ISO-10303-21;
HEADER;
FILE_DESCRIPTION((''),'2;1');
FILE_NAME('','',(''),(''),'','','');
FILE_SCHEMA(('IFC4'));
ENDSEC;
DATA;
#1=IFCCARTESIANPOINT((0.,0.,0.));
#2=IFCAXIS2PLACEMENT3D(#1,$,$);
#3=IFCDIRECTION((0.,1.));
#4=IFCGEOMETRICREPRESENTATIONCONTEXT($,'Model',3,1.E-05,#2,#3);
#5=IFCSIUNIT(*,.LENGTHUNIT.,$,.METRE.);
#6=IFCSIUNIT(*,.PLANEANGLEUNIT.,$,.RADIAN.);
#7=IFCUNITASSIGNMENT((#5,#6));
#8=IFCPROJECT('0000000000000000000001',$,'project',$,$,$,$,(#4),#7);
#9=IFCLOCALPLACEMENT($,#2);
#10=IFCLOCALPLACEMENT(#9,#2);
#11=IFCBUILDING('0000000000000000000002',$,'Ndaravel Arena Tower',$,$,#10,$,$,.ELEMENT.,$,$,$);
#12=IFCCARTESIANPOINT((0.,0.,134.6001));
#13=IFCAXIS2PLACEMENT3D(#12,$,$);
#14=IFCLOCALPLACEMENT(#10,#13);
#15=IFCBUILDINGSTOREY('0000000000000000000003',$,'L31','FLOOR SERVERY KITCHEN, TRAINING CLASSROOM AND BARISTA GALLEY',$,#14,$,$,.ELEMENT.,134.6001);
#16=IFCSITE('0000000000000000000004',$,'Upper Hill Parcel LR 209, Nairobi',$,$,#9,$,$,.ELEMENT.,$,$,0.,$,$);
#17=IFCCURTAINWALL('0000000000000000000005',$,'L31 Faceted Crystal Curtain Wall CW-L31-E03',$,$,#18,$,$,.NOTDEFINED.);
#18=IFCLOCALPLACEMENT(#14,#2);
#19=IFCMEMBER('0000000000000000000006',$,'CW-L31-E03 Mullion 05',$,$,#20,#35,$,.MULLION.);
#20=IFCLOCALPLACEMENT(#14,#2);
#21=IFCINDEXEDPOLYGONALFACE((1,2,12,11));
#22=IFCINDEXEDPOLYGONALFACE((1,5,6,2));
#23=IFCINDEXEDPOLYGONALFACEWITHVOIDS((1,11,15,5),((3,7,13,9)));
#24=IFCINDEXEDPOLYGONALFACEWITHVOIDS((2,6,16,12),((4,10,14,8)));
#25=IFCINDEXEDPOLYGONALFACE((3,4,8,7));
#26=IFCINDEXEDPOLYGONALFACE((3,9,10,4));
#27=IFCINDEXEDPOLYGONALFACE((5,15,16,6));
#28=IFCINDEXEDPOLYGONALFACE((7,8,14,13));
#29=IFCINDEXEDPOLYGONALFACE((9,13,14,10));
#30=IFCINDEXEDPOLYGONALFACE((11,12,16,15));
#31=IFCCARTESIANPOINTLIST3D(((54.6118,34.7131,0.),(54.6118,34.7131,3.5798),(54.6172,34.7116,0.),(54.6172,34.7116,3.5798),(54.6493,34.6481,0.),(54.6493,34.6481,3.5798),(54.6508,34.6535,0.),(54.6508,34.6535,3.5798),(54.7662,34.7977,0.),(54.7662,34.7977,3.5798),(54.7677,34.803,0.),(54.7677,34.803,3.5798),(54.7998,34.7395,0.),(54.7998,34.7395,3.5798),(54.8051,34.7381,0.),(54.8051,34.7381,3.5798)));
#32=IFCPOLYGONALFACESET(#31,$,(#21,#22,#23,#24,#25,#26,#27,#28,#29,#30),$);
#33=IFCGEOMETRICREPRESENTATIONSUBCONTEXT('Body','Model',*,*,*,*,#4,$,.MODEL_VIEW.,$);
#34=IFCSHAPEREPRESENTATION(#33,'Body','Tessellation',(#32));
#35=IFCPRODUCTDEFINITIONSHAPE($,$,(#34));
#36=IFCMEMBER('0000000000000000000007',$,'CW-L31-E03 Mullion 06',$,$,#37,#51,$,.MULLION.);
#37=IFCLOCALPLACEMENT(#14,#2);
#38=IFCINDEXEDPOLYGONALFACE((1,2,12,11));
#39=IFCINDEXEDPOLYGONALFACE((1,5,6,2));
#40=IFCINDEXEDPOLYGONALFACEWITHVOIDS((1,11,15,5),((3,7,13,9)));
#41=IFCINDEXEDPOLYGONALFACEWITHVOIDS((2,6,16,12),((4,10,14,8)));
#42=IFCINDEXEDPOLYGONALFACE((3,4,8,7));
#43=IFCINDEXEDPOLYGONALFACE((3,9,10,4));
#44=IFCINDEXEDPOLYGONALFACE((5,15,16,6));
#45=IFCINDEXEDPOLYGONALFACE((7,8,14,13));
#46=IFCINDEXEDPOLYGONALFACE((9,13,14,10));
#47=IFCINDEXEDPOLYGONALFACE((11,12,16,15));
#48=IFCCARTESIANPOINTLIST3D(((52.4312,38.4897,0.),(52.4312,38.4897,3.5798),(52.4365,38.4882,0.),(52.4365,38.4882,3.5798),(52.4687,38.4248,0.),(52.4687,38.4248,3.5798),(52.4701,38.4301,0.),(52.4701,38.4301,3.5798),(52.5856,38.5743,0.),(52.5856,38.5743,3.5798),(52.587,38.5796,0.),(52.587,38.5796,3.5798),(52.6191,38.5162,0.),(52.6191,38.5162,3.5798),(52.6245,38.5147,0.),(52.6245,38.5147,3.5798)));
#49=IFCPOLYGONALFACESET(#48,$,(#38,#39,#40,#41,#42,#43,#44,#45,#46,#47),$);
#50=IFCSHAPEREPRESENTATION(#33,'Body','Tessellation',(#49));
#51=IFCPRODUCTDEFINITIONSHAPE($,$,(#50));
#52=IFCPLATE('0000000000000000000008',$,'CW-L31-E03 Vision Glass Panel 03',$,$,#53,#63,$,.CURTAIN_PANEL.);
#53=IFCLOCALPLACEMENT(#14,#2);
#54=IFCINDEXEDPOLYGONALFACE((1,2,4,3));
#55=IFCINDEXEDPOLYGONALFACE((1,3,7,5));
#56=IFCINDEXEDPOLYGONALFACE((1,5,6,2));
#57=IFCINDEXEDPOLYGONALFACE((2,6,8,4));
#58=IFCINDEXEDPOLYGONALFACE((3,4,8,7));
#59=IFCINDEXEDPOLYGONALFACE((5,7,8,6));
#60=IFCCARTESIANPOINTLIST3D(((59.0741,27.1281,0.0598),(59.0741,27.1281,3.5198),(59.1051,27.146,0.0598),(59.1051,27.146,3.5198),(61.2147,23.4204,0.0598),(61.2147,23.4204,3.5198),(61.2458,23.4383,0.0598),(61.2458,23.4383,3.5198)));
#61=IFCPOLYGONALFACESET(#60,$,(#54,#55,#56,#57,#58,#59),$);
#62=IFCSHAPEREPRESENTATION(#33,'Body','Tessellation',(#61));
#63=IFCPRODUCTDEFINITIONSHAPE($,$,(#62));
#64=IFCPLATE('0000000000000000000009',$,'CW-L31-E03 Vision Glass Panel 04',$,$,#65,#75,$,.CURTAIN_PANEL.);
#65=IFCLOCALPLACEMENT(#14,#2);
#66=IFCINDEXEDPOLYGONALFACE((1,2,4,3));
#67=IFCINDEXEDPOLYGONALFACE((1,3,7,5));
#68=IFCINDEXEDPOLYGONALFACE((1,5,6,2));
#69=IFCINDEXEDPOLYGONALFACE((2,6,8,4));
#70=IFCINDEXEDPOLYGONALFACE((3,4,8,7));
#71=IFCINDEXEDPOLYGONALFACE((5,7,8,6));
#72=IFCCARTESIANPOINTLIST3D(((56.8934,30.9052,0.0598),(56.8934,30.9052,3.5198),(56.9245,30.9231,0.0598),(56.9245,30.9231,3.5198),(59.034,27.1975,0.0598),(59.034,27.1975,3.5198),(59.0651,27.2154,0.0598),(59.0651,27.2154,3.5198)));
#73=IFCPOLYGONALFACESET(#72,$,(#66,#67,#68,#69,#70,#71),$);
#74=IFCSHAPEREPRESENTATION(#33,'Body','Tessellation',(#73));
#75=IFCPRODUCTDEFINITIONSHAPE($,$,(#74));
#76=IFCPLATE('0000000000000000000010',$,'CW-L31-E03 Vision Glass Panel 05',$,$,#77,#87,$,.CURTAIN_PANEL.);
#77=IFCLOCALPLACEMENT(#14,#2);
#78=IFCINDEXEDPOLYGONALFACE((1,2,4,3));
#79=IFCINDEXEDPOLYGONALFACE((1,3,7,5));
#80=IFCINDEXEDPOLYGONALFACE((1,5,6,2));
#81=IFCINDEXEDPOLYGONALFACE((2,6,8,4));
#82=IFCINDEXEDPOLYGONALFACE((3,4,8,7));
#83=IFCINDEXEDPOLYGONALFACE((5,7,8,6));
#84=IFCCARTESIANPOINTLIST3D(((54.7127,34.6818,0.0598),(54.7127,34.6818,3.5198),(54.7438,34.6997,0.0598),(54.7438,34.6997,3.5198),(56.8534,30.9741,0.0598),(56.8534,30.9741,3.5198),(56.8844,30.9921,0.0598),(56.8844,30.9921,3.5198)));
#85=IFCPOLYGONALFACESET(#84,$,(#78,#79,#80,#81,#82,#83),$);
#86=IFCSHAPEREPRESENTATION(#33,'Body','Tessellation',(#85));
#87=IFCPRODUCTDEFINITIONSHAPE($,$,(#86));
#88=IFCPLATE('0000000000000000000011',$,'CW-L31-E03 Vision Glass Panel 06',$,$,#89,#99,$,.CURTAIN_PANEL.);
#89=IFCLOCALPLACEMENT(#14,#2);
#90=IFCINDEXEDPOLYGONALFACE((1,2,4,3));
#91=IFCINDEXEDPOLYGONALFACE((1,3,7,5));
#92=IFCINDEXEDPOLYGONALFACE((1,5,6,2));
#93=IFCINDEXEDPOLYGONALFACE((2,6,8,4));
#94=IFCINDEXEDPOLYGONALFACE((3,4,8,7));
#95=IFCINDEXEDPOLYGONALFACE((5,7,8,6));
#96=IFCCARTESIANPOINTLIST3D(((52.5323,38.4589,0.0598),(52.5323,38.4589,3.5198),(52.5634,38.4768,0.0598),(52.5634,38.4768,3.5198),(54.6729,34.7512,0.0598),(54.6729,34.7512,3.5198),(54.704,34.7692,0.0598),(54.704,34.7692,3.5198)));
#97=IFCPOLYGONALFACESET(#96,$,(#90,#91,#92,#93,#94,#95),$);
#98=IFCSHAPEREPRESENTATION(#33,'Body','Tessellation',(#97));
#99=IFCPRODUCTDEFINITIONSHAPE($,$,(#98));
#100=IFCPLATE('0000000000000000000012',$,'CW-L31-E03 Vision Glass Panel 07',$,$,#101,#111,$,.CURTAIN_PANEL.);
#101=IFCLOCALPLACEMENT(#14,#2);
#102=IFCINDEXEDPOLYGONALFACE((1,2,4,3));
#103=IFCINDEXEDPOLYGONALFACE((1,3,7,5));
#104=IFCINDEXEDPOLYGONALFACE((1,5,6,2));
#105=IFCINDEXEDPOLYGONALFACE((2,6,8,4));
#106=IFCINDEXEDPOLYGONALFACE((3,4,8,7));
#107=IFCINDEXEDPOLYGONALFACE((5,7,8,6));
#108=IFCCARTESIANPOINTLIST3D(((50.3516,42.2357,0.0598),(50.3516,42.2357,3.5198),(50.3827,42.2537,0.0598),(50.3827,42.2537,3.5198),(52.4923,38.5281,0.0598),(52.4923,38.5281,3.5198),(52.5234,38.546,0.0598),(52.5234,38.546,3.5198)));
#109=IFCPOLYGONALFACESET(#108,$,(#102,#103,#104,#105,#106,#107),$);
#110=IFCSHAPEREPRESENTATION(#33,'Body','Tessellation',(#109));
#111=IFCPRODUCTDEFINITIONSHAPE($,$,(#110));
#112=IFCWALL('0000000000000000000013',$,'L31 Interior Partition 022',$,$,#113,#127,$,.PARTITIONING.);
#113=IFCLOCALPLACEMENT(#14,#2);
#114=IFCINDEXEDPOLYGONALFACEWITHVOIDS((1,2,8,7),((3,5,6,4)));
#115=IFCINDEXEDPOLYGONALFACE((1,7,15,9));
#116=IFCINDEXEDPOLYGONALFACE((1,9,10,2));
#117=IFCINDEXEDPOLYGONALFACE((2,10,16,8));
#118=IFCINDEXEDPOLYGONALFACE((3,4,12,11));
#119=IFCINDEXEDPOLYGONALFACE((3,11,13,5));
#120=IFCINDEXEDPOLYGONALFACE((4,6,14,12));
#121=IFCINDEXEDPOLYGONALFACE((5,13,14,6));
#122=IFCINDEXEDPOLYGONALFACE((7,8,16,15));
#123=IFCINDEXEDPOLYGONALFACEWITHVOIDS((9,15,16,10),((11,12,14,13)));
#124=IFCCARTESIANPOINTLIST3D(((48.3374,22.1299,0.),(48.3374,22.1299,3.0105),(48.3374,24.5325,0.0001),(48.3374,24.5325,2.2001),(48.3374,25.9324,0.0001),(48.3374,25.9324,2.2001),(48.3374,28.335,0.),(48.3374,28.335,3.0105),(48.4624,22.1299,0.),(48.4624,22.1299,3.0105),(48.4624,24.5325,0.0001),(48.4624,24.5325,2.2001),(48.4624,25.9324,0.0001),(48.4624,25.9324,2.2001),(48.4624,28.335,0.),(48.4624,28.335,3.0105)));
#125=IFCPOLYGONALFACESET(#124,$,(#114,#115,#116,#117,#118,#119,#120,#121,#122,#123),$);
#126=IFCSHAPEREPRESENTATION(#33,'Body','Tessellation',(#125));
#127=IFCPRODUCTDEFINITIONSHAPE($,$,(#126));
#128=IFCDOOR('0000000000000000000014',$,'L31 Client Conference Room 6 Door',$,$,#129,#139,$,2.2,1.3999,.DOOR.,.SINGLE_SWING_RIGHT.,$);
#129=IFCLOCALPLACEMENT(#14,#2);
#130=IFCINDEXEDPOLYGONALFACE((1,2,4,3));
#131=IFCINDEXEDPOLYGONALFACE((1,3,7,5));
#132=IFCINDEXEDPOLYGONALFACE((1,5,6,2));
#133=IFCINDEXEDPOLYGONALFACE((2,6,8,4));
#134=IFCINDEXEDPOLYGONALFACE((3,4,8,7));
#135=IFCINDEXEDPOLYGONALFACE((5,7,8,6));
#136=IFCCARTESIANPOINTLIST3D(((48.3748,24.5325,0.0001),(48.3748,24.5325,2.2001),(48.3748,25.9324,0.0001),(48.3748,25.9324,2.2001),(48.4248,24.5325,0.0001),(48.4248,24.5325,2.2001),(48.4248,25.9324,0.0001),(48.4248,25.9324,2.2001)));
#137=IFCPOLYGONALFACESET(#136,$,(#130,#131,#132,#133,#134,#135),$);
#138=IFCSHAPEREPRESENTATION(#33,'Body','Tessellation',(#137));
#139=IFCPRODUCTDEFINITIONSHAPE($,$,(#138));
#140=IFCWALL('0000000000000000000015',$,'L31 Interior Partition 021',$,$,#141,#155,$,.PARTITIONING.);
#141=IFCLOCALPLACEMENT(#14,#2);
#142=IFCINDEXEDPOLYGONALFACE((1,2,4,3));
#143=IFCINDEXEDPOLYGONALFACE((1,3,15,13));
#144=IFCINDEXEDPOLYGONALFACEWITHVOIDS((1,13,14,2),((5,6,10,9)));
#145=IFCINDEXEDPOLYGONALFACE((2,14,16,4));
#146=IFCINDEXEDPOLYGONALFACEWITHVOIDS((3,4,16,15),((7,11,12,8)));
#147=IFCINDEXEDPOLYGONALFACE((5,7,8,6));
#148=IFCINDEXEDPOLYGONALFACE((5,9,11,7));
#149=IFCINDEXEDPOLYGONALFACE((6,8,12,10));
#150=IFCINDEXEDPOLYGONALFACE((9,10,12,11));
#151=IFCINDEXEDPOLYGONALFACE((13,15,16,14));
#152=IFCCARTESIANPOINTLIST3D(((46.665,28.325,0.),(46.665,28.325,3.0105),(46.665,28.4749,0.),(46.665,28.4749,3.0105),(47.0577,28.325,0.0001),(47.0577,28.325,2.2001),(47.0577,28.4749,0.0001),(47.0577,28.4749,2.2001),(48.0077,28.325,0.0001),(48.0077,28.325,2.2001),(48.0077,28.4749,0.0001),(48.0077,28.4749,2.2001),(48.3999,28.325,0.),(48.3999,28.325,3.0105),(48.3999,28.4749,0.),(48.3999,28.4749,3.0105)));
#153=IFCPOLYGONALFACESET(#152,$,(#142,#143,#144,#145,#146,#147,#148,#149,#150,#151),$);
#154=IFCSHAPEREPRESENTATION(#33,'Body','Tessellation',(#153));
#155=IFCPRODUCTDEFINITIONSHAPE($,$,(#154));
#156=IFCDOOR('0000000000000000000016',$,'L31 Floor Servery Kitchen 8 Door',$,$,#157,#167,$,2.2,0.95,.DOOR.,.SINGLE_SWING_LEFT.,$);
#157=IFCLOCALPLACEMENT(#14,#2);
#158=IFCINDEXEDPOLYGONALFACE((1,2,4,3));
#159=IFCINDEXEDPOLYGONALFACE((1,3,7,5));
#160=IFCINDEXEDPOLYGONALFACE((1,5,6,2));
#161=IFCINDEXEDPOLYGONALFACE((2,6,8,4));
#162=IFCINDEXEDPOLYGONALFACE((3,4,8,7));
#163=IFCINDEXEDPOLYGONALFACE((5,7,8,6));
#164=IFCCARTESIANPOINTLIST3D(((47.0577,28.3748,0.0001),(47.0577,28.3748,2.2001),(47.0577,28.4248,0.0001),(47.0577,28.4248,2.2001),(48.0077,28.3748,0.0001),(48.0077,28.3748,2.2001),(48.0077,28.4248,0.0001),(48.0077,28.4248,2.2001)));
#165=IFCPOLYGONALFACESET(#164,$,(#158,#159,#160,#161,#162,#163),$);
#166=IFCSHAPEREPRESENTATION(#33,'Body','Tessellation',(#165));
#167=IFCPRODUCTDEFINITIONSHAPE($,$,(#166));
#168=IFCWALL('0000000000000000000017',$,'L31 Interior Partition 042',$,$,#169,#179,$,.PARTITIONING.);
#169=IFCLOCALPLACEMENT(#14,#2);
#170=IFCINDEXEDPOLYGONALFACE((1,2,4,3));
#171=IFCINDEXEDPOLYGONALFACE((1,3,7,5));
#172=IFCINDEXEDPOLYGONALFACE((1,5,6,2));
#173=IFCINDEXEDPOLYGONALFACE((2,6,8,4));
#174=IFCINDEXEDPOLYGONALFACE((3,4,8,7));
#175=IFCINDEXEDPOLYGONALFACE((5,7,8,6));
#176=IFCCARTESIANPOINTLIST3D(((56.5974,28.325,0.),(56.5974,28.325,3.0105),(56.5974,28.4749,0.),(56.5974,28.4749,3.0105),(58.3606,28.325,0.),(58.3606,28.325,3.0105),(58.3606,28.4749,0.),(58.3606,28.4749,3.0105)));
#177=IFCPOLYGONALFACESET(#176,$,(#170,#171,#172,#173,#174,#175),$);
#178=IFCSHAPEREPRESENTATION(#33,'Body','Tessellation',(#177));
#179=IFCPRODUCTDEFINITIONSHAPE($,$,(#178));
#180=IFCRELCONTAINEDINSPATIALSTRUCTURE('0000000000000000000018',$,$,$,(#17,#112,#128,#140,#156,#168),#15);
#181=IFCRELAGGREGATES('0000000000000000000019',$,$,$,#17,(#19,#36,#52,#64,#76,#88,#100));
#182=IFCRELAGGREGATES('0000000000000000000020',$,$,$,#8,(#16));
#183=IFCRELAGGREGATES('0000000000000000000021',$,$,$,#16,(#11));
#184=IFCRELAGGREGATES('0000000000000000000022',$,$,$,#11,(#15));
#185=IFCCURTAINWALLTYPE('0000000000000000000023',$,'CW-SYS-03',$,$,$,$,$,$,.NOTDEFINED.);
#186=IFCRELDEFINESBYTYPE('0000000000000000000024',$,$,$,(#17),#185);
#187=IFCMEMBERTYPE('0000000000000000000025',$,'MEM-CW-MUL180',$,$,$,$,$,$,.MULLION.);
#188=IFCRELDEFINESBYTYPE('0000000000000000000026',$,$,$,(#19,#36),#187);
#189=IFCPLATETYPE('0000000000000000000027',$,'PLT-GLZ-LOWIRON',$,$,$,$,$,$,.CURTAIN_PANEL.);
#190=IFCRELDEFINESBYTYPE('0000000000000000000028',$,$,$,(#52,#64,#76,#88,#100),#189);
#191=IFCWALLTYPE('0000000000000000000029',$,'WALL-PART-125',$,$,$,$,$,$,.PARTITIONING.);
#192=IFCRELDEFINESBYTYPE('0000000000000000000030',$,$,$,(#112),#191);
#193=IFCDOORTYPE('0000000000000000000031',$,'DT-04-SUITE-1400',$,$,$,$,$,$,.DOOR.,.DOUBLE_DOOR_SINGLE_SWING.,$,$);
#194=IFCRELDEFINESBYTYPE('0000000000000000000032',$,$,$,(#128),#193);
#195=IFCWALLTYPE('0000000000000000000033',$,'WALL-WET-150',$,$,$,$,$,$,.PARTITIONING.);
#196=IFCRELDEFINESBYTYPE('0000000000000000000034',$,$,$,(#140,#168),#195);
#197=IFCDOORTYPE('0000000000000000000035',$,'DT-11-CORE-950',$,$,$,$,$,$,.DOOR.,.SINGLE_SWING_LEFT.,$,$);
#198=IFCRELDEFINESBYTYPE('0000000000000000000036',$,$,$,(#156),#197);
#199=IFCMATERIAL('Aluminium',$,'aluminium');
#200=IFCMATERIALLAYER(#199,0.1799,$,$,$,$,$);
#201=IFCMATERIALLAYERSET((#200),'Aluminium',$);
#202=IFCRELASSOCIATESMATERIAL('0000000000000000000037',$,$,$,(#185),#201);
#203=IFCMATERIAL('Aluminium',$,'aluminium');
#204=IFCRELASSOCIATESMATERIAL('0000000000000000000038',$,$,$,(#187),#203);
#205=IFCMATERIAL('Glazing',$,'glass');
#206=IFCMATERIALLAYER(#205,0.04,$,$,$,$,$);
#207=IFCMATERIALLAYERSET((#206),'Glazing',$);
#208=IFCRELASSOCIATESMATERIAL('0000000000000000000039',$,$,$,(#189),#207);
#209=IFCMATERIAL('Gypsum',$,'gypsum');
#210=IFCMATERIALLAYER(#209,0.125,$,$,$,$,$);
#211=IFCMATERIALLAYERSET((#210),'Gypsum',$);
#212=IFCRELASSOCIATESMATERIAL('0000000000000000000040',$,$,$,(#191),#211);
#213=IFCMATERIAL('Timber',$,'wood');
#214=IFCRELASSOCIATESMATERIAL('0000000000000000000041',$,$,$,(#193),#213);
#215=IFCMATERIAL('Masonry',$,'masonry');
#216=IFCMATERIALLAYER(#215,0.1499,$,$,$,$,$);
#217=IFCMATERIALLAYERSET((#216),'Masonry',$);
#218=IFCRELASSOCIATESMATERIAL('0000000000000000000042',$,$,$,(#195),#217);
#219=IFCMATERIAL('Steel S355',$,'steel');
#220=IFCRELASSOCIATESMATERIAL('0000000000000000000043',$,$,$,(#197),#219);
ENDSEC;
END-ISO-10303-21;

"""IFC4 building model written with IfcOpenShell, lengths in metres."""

from ifc_helpers import new_model, si_unit, direction, frame, frame_2d, origin, origin_2d, place, context, subcontext, project, spatial, rectangle, hollow_rectangle, extrude, material, layer, layer_set, material_profile, profile_set, type_object, element, fill, aggregate, save


model = new_model("IFC4")

# Units and contexts
model_context = context("Model", 3, precision=1e-05, world=origin(), true_north=direction((0.0, 1.0)))
body_context = subcontext(model_context, "Body", "Model", "MODEL_VIEW")
ifc_project = project(units=[si_unit("LENGTHUNIT", "METRE"), si_unit("PLANEANGLEUNIT", "RADIAN")], contexts=[model_context])

# Site, building, storey
site_placement = place(None, origin())
site = spatial("IfcSite", under=ifc_project, at=site_placement, Name="Upper Hill Parcel LR 209, Nairobi", CompositionType="ELEMENT", RefElevation=0.0)
building_placement = place(site_placement, origin())
building = spatial("IfcBuilding", under=site, at=building_placement, Name="Ndaravel Arena Tower", CompositionType="ELEMENT")
storey_placement = place(building_placement, frame((0.0, 0.0, 134.6001)))
storey = spatial("IfcBuildingStorey", under=building, at=storey_placement, Name="L31", Description="FLOOR SERVERY KITCHEN, TRAINING CLASSROOM AND BARISTA GALLEY", CompositionType="ELEMENT", Elevation=134.6001)

# Curtain wall, members, plates
ifc_material_1 = material(Name="Aluminium", Category="aluminium")
ifc_layer_1 = layer(ifc_material_1, 0.1799)
ifc_layer_set_1 = layer_set([ifc_layer_1], Name="Aluminium")
curtain_wall_type = type_object("IfcCurtainWallType", Name="CW-SYS-03", PredefinedType="NOTDEFINED", material=ifc_layer_set_1)
curtain_wall_placement = place(storey_placement, origin())
curtain_wall = element("IfcCurtainWall", 1, at=curtain_wall_placement, inside=storey, type_object=curtain_wall_type, Name="L31 Faceted Crystal Curtain Wall CW-L31-E03", PredefinedType="NOTDEFINED")
ifc_material_2 = material(Name="Aluminium", Category="aluminium")
ifc_material_profile_1 = material_profile(ifc_material_2, hollow_rectangle(XDim=0.075, YDim=0.1799, WallThickness=0.0039, at=origin_2d()), Name="CW MULLION 75x180x4")
ifc_profile_set_1 = profile_set([ifc_material_profile_1], Name="Aluminium")
member_type = type_object("IfcMemberType", Name="MEM-CW-MUL180", PredefinedType="MULLION", material=ifc_profile_set_1)
member_1_placement = place(storey_placement, frame((54.7085, 34.7256, 0.0), z_axis=(0.0, 0.0, 1.0), x_axis=(-0.5, 0.866025, 0.0)))
member_1 = element("IfcMember", 2, at=member_1_placement, type_object=member_type, Name="CW-L31-E03 Mullion 05", PredefinedType="MULLION", context=body_context, shape_type="SweptSolid", body=[
    extrude(hollow_rectangle(XDim=0.075, YDim=0.1799, WallThickness=0.0039, at=origin_2d()), origin(), (0.0, 0.0, 1.0), 3.5798),
])
member_2_placement = place(storey_placement, frame((52.5278, 38.5022, 0.0), z_axis=(0.0, 0.0, 1.0), x_axis=(-0.5, 0.866025, 0.0)))
member_2 = element("IfcMember", 3, at=member_2_placement, type_object=member_type, Name="CW-L31-E03 Mullion 06", PredefinedType="MULLION", context=body_context, shape_type="SweptSolid", body=[
    extrude(hollow_rectangle(XDim=0.075, YDim=0.1799, WallThickness=0.0039, at=origin_2d()), origin(), (0.0, 0.0, 1.0), 3.5798),
])
ifc_material_3 = material(Name="Glazing", Category="glass")
ifc_layer_2 = layer(ifc_material_3, 0.04)
ifc_layer_set_2 = layer_set([ifc_layer_2], Name="Glazing")
plate_type = type_object("IfcPlateType", Name="PLT-GLZ-LOWIRON", PredefinedType="CURTAIN_PANEL", material=ifc_layer_set_2)
plate_1_placement = place(storey_placement, frame((60.1599, 25.2832, 0.0598), z_axis=(0.0, 0.0, 1.0), x_axis=(-0.5, 0.866025, 0.0)))
plate_1 = element("IfcPlate", 4, at=plate_1_placement, type_object=plate_type, Name="CW-L31-E03 Vision Glass Panel 03", PredefinedType="CURTAIN_PANEL", context=body_context, shape_type="SweptSolid", body=[
    extrude(rectangle(XDim=4.2812, YDim=0.0359, at=origin_2d()), origin(), (0.0, 0.0, 1.0), 3.46),
])
plate_2_placement = place(storey_placement, frame((57.9792, 29.0603, 0.0598), z_axis=(0.0, 0.0, 1.0), x_axis=(-0.5, 0.866025, 0.0)))
plate_2 = element("IfcPlate", 5, at=plate_2_placement, type_object=plate_type, Name="CW-L31-E03 Vision Glass Panel 04", PredefinedType="CURTAIN_PANEL", context=body_context, shape_type="SweptSolid", body=[
    extrude(rectangle(XDim=4.2812, YDim=0.0359, at=origin_2d()), origin(), (0.0, 0.0, 1.0), 3.46),
])
plate_3_placement = place(storey_placement, frame((55.7986, 32.8369, 0.0598), z_axis=(0.0, 0.0, 1.0), x_axis=(-0.5, 0.866025, 0.0)))
plate_3 = element("IfcPlate", 6, at=plate_3_placement, type_object=plate_type, Name="CW-L31-E03 Vision Glass Panel 05", PredefinedType="CURTAIN_PANEL", context=body_context, shape_type="SweptSolid", body=[
    extrude(rectangle(XDim=4.2812, YDim=0.0359, at=origin_2d()), origin(), (0.0, 0.0, 1.0), 3.46),
])
plate_4_placement = place(storey_placement, frame((53.6182, 36.614, 0.0598), z_axis=(0.0, 0.0, 1.0), x_axis=(-0.5, 0.866025, 0.0)))
plate_4 = element("IfcPlate", 7, at=plate_4_placement, type_object=plate_type, Name="CW-L31-E03 Vision Glass Panel 06", PredefinedType="CURTAIN_PANEL", context=body_context, shape_type="SweptSolid", body=[
    extrude(rectangle(XDim=4.2812, YDim=0.0359, at=origin_2d()), origin(), (0.0, 0.0, 1.0), 3.46),
])
plate_5_placement = place(storey_placement, frame((51.4375, 40.3909, 0.0598), z_axis=(0.0, 0.0, 1.0), x_axis=(-0.5, 0.866025, 0.0)))
plate_5 = element("IfcPlate", 8, at=plate_5_placement, type_object=plate_type, Name="CW-L31-E03 Vision Glass Panel 07", PredefinedType="CURTAIN_PANEL", context=body_context, shape_type="SweptSolid", body=[
    extrude(rectangle(XDim=4.2812, YDim=0.0359, at=origin_2d()), origin(), (0.0, 0.0, 1.0), 3.46),
])
aggregate(curtain_wall, [member_1, member_2, plate_1, plate_2, plate_3, plate_4, plate_5])

# Walls, openings, doors
ifc_material_4 = material(Name="Gypsum", Category="gypsum")
ifc_layer_3 = layer(ifc_material_4, 0.125)
ifc_layer_set_3 = layer_set([ifc_layer_3], Name="Gypsum")
wall_type_1 = type_object("IfcWallType", Name="WALL-PART-125", PredefinedType="PARTITIONING", material=ifc_layer_set_3)
wall_1_placement = place(storey_placement, frame((48.3999, 28.335, 0.0), z_axis=(0.0, 0.0, 1.0), x_axis=(0.0, -1.0, 0.0)))
wall_1 = element("IfcWall", 9, at=wall_1_placement, inside=storey, type_object=wall_type_1, Name="L31 Interior Partition 022", PredefinedType="PARTITIONING", context=body_context, shape_type="SweptSolid", body=[
    extrude(rectangle(XDim=6.2051, YDim=0.125, at=frame_2d((3.1025, 0.0))), origin(), (0.0, 0.0, 1.0), 3.0105),
])
opening_1_placement = place(wall_1_placement, frame((2.4026, 0.0, 0.0)))
opening_1 = element("IfcOpeningElement", 10, at=opening_1_placement, cuts=wall_1, PredefinedType="OPENING", context=body_context, shape_type="SweptSolid", body=[
    extrude(rectangle(XDim=1.3999, YDim=2.2, at=frame_2d((0.7, 1.1001))), frame((0.0, 0.0625, 0.0), z_axis=(0.0, -1.0, 0.0), x_axis=(1.0, 0.0, 0.0)), (0.0, 0.0, 1.0), 0.125),
])
ifc_material_5 = material(Name="Timber", Category="wood")
door_type_1 = type_object("IfcDoorType", Name="DT-04-SUITE-1400", OperationType="DOUBLE_DOOR_SINGLE_SWING", PredefinedType="DOOR", material=ifc_material_5)
door_1_placement = place(opening_1_placement, origin())
door_1 = element("IfcDoor", 11, at=door_1_placement, inside=storey, type_object=door_type_1, Name="L31 Client Conference Room 6 Door", OperationType="SINGLE_SWING_RIGHT", OverallHeight=2.2, OverallWidth=1.3999, PredefinedType="DOOR", context=body_context, shape_type="SweptSolid", body=[
    extrude(rectangle(XDim=1.3999, YDim=2.2, at=frame_2d((0.7, 1.1001))), frame((0.0, 0.0249, 0.0), z_axis=(0.0, -1.0, 0.0), x_axis=(1.0, 0.0, 0.0)), (0.0, 0.0, 1.0), 0.05),
])
fill(opening_1, door_1)
ifc_material_6 = material(Name="Masonry", Category="masonry")
ifc_layer_4 = layer(ifc_material_6, 0.1499)
ifc_layer_set_4 = layer_set([ifc_layer_4], Name="Masonry")
wall_type_2 = type_object("IfcWallType", Name="WALL-WET-150", PredefinedType="PARTITIONING", material=ifc_layer_set_4)
wall_2_placement = place(storey_placement, frame((46.665, 28.3999, 0.0), z_axis=(0.0, 0.0, 1.0), x_axis=(1.0, 0.0, 0.0)))
wall_2 = element("IfcWall", 12, at=wall_2_placement, inside=storey, type_object=wall_type_2, Name="L31 Interior Partition 021", PredefinedType="PARTITIONING", context=body_context, shape_type="SweptSolid", body=[
    extrude(rectangle(XDim=1.7349, YDim=0.1499, at=frame_2d((0.8674, 0.0))), origin(), (0.0, 0.0, 1.0), 3.0105),
])
opening_2_placement = place(wall_2_placement, frame((0.3926, 0.0, 0.0)))
opening_2 = element("IfcOpeningElement", 13, at=opening_2_placement, cuts=wall_2, PredefinedType="OPENING", context=body_context, shape_type="SweptSolid", body=[
    extrude(rectangle(XDim=0.95, YDim=2.2, at=frame_2d((0.4751, 1.1001))), frame((0.0, 0.075, 0.0), z_axis=(0.0, -1.0, 0.0), x_axis=(1.0, 0.0, 0.0)), (0.0, 0.0, 1.0), 0.1499),
])
ifc_material_7 = material(Name="Steel S355", Category="steel")
door_type_2 = type_object("IfcDoorType", Name="DT-11-CORE-950", OperationType="SINGLE_SWING_LEFT", PredefinedType="DOOR", material=ifc_material_7)
door_2_placement = place(opening_2_placement, origin())
door_2 = element("IfcDoor", 14, at=door_2_placement, inside=storey, type_object=door_type_2, Name="L31 Floor Servery Kitchen 8 Door", OperationType="SINGLE_SWING_LEFT", OverallHeight=2.2, OverallWidth=0.95, PredefinedType="DOOR", context=body_context, shape_type="SweptSolid", body=[
    extrude(rectangle(XDim=0.95, YDim=2.2, at=frame_2d((0.4751, 1.1001))), frame((0.0, 0.0249, 0.0), z_axis=(0.0, -1.0, 0.0), x_axis=(1.0, 0.0, 0.0)), (0.0, 0.0, 1.0), 0.05),
])
fill(opening_2, door_2)

# Wall
wall_3_placement = place(storey_placement, frame((56.5974, 28.3999, 0.0), z_axis=(0.0, 0.0, 1.0), x_axis=(1.0, 0.0, 0.0)))
element("IfcWall", 15, at=wall_3_placement, inside=storey, type_object=wall_type_2, Name="L31 Interior Partition 042", PredefinedType="PARTITIONING", context=body_context, shape_type="SweptSolid", body=[
    extrude(rectangle(XDim=1.7632, YDim=0.1499, at=frame_2d((0.8816, 0.0))), origin(), (0.0, 0.0, 1.0), 3.0105),
])

save(model, "model.ifc")
